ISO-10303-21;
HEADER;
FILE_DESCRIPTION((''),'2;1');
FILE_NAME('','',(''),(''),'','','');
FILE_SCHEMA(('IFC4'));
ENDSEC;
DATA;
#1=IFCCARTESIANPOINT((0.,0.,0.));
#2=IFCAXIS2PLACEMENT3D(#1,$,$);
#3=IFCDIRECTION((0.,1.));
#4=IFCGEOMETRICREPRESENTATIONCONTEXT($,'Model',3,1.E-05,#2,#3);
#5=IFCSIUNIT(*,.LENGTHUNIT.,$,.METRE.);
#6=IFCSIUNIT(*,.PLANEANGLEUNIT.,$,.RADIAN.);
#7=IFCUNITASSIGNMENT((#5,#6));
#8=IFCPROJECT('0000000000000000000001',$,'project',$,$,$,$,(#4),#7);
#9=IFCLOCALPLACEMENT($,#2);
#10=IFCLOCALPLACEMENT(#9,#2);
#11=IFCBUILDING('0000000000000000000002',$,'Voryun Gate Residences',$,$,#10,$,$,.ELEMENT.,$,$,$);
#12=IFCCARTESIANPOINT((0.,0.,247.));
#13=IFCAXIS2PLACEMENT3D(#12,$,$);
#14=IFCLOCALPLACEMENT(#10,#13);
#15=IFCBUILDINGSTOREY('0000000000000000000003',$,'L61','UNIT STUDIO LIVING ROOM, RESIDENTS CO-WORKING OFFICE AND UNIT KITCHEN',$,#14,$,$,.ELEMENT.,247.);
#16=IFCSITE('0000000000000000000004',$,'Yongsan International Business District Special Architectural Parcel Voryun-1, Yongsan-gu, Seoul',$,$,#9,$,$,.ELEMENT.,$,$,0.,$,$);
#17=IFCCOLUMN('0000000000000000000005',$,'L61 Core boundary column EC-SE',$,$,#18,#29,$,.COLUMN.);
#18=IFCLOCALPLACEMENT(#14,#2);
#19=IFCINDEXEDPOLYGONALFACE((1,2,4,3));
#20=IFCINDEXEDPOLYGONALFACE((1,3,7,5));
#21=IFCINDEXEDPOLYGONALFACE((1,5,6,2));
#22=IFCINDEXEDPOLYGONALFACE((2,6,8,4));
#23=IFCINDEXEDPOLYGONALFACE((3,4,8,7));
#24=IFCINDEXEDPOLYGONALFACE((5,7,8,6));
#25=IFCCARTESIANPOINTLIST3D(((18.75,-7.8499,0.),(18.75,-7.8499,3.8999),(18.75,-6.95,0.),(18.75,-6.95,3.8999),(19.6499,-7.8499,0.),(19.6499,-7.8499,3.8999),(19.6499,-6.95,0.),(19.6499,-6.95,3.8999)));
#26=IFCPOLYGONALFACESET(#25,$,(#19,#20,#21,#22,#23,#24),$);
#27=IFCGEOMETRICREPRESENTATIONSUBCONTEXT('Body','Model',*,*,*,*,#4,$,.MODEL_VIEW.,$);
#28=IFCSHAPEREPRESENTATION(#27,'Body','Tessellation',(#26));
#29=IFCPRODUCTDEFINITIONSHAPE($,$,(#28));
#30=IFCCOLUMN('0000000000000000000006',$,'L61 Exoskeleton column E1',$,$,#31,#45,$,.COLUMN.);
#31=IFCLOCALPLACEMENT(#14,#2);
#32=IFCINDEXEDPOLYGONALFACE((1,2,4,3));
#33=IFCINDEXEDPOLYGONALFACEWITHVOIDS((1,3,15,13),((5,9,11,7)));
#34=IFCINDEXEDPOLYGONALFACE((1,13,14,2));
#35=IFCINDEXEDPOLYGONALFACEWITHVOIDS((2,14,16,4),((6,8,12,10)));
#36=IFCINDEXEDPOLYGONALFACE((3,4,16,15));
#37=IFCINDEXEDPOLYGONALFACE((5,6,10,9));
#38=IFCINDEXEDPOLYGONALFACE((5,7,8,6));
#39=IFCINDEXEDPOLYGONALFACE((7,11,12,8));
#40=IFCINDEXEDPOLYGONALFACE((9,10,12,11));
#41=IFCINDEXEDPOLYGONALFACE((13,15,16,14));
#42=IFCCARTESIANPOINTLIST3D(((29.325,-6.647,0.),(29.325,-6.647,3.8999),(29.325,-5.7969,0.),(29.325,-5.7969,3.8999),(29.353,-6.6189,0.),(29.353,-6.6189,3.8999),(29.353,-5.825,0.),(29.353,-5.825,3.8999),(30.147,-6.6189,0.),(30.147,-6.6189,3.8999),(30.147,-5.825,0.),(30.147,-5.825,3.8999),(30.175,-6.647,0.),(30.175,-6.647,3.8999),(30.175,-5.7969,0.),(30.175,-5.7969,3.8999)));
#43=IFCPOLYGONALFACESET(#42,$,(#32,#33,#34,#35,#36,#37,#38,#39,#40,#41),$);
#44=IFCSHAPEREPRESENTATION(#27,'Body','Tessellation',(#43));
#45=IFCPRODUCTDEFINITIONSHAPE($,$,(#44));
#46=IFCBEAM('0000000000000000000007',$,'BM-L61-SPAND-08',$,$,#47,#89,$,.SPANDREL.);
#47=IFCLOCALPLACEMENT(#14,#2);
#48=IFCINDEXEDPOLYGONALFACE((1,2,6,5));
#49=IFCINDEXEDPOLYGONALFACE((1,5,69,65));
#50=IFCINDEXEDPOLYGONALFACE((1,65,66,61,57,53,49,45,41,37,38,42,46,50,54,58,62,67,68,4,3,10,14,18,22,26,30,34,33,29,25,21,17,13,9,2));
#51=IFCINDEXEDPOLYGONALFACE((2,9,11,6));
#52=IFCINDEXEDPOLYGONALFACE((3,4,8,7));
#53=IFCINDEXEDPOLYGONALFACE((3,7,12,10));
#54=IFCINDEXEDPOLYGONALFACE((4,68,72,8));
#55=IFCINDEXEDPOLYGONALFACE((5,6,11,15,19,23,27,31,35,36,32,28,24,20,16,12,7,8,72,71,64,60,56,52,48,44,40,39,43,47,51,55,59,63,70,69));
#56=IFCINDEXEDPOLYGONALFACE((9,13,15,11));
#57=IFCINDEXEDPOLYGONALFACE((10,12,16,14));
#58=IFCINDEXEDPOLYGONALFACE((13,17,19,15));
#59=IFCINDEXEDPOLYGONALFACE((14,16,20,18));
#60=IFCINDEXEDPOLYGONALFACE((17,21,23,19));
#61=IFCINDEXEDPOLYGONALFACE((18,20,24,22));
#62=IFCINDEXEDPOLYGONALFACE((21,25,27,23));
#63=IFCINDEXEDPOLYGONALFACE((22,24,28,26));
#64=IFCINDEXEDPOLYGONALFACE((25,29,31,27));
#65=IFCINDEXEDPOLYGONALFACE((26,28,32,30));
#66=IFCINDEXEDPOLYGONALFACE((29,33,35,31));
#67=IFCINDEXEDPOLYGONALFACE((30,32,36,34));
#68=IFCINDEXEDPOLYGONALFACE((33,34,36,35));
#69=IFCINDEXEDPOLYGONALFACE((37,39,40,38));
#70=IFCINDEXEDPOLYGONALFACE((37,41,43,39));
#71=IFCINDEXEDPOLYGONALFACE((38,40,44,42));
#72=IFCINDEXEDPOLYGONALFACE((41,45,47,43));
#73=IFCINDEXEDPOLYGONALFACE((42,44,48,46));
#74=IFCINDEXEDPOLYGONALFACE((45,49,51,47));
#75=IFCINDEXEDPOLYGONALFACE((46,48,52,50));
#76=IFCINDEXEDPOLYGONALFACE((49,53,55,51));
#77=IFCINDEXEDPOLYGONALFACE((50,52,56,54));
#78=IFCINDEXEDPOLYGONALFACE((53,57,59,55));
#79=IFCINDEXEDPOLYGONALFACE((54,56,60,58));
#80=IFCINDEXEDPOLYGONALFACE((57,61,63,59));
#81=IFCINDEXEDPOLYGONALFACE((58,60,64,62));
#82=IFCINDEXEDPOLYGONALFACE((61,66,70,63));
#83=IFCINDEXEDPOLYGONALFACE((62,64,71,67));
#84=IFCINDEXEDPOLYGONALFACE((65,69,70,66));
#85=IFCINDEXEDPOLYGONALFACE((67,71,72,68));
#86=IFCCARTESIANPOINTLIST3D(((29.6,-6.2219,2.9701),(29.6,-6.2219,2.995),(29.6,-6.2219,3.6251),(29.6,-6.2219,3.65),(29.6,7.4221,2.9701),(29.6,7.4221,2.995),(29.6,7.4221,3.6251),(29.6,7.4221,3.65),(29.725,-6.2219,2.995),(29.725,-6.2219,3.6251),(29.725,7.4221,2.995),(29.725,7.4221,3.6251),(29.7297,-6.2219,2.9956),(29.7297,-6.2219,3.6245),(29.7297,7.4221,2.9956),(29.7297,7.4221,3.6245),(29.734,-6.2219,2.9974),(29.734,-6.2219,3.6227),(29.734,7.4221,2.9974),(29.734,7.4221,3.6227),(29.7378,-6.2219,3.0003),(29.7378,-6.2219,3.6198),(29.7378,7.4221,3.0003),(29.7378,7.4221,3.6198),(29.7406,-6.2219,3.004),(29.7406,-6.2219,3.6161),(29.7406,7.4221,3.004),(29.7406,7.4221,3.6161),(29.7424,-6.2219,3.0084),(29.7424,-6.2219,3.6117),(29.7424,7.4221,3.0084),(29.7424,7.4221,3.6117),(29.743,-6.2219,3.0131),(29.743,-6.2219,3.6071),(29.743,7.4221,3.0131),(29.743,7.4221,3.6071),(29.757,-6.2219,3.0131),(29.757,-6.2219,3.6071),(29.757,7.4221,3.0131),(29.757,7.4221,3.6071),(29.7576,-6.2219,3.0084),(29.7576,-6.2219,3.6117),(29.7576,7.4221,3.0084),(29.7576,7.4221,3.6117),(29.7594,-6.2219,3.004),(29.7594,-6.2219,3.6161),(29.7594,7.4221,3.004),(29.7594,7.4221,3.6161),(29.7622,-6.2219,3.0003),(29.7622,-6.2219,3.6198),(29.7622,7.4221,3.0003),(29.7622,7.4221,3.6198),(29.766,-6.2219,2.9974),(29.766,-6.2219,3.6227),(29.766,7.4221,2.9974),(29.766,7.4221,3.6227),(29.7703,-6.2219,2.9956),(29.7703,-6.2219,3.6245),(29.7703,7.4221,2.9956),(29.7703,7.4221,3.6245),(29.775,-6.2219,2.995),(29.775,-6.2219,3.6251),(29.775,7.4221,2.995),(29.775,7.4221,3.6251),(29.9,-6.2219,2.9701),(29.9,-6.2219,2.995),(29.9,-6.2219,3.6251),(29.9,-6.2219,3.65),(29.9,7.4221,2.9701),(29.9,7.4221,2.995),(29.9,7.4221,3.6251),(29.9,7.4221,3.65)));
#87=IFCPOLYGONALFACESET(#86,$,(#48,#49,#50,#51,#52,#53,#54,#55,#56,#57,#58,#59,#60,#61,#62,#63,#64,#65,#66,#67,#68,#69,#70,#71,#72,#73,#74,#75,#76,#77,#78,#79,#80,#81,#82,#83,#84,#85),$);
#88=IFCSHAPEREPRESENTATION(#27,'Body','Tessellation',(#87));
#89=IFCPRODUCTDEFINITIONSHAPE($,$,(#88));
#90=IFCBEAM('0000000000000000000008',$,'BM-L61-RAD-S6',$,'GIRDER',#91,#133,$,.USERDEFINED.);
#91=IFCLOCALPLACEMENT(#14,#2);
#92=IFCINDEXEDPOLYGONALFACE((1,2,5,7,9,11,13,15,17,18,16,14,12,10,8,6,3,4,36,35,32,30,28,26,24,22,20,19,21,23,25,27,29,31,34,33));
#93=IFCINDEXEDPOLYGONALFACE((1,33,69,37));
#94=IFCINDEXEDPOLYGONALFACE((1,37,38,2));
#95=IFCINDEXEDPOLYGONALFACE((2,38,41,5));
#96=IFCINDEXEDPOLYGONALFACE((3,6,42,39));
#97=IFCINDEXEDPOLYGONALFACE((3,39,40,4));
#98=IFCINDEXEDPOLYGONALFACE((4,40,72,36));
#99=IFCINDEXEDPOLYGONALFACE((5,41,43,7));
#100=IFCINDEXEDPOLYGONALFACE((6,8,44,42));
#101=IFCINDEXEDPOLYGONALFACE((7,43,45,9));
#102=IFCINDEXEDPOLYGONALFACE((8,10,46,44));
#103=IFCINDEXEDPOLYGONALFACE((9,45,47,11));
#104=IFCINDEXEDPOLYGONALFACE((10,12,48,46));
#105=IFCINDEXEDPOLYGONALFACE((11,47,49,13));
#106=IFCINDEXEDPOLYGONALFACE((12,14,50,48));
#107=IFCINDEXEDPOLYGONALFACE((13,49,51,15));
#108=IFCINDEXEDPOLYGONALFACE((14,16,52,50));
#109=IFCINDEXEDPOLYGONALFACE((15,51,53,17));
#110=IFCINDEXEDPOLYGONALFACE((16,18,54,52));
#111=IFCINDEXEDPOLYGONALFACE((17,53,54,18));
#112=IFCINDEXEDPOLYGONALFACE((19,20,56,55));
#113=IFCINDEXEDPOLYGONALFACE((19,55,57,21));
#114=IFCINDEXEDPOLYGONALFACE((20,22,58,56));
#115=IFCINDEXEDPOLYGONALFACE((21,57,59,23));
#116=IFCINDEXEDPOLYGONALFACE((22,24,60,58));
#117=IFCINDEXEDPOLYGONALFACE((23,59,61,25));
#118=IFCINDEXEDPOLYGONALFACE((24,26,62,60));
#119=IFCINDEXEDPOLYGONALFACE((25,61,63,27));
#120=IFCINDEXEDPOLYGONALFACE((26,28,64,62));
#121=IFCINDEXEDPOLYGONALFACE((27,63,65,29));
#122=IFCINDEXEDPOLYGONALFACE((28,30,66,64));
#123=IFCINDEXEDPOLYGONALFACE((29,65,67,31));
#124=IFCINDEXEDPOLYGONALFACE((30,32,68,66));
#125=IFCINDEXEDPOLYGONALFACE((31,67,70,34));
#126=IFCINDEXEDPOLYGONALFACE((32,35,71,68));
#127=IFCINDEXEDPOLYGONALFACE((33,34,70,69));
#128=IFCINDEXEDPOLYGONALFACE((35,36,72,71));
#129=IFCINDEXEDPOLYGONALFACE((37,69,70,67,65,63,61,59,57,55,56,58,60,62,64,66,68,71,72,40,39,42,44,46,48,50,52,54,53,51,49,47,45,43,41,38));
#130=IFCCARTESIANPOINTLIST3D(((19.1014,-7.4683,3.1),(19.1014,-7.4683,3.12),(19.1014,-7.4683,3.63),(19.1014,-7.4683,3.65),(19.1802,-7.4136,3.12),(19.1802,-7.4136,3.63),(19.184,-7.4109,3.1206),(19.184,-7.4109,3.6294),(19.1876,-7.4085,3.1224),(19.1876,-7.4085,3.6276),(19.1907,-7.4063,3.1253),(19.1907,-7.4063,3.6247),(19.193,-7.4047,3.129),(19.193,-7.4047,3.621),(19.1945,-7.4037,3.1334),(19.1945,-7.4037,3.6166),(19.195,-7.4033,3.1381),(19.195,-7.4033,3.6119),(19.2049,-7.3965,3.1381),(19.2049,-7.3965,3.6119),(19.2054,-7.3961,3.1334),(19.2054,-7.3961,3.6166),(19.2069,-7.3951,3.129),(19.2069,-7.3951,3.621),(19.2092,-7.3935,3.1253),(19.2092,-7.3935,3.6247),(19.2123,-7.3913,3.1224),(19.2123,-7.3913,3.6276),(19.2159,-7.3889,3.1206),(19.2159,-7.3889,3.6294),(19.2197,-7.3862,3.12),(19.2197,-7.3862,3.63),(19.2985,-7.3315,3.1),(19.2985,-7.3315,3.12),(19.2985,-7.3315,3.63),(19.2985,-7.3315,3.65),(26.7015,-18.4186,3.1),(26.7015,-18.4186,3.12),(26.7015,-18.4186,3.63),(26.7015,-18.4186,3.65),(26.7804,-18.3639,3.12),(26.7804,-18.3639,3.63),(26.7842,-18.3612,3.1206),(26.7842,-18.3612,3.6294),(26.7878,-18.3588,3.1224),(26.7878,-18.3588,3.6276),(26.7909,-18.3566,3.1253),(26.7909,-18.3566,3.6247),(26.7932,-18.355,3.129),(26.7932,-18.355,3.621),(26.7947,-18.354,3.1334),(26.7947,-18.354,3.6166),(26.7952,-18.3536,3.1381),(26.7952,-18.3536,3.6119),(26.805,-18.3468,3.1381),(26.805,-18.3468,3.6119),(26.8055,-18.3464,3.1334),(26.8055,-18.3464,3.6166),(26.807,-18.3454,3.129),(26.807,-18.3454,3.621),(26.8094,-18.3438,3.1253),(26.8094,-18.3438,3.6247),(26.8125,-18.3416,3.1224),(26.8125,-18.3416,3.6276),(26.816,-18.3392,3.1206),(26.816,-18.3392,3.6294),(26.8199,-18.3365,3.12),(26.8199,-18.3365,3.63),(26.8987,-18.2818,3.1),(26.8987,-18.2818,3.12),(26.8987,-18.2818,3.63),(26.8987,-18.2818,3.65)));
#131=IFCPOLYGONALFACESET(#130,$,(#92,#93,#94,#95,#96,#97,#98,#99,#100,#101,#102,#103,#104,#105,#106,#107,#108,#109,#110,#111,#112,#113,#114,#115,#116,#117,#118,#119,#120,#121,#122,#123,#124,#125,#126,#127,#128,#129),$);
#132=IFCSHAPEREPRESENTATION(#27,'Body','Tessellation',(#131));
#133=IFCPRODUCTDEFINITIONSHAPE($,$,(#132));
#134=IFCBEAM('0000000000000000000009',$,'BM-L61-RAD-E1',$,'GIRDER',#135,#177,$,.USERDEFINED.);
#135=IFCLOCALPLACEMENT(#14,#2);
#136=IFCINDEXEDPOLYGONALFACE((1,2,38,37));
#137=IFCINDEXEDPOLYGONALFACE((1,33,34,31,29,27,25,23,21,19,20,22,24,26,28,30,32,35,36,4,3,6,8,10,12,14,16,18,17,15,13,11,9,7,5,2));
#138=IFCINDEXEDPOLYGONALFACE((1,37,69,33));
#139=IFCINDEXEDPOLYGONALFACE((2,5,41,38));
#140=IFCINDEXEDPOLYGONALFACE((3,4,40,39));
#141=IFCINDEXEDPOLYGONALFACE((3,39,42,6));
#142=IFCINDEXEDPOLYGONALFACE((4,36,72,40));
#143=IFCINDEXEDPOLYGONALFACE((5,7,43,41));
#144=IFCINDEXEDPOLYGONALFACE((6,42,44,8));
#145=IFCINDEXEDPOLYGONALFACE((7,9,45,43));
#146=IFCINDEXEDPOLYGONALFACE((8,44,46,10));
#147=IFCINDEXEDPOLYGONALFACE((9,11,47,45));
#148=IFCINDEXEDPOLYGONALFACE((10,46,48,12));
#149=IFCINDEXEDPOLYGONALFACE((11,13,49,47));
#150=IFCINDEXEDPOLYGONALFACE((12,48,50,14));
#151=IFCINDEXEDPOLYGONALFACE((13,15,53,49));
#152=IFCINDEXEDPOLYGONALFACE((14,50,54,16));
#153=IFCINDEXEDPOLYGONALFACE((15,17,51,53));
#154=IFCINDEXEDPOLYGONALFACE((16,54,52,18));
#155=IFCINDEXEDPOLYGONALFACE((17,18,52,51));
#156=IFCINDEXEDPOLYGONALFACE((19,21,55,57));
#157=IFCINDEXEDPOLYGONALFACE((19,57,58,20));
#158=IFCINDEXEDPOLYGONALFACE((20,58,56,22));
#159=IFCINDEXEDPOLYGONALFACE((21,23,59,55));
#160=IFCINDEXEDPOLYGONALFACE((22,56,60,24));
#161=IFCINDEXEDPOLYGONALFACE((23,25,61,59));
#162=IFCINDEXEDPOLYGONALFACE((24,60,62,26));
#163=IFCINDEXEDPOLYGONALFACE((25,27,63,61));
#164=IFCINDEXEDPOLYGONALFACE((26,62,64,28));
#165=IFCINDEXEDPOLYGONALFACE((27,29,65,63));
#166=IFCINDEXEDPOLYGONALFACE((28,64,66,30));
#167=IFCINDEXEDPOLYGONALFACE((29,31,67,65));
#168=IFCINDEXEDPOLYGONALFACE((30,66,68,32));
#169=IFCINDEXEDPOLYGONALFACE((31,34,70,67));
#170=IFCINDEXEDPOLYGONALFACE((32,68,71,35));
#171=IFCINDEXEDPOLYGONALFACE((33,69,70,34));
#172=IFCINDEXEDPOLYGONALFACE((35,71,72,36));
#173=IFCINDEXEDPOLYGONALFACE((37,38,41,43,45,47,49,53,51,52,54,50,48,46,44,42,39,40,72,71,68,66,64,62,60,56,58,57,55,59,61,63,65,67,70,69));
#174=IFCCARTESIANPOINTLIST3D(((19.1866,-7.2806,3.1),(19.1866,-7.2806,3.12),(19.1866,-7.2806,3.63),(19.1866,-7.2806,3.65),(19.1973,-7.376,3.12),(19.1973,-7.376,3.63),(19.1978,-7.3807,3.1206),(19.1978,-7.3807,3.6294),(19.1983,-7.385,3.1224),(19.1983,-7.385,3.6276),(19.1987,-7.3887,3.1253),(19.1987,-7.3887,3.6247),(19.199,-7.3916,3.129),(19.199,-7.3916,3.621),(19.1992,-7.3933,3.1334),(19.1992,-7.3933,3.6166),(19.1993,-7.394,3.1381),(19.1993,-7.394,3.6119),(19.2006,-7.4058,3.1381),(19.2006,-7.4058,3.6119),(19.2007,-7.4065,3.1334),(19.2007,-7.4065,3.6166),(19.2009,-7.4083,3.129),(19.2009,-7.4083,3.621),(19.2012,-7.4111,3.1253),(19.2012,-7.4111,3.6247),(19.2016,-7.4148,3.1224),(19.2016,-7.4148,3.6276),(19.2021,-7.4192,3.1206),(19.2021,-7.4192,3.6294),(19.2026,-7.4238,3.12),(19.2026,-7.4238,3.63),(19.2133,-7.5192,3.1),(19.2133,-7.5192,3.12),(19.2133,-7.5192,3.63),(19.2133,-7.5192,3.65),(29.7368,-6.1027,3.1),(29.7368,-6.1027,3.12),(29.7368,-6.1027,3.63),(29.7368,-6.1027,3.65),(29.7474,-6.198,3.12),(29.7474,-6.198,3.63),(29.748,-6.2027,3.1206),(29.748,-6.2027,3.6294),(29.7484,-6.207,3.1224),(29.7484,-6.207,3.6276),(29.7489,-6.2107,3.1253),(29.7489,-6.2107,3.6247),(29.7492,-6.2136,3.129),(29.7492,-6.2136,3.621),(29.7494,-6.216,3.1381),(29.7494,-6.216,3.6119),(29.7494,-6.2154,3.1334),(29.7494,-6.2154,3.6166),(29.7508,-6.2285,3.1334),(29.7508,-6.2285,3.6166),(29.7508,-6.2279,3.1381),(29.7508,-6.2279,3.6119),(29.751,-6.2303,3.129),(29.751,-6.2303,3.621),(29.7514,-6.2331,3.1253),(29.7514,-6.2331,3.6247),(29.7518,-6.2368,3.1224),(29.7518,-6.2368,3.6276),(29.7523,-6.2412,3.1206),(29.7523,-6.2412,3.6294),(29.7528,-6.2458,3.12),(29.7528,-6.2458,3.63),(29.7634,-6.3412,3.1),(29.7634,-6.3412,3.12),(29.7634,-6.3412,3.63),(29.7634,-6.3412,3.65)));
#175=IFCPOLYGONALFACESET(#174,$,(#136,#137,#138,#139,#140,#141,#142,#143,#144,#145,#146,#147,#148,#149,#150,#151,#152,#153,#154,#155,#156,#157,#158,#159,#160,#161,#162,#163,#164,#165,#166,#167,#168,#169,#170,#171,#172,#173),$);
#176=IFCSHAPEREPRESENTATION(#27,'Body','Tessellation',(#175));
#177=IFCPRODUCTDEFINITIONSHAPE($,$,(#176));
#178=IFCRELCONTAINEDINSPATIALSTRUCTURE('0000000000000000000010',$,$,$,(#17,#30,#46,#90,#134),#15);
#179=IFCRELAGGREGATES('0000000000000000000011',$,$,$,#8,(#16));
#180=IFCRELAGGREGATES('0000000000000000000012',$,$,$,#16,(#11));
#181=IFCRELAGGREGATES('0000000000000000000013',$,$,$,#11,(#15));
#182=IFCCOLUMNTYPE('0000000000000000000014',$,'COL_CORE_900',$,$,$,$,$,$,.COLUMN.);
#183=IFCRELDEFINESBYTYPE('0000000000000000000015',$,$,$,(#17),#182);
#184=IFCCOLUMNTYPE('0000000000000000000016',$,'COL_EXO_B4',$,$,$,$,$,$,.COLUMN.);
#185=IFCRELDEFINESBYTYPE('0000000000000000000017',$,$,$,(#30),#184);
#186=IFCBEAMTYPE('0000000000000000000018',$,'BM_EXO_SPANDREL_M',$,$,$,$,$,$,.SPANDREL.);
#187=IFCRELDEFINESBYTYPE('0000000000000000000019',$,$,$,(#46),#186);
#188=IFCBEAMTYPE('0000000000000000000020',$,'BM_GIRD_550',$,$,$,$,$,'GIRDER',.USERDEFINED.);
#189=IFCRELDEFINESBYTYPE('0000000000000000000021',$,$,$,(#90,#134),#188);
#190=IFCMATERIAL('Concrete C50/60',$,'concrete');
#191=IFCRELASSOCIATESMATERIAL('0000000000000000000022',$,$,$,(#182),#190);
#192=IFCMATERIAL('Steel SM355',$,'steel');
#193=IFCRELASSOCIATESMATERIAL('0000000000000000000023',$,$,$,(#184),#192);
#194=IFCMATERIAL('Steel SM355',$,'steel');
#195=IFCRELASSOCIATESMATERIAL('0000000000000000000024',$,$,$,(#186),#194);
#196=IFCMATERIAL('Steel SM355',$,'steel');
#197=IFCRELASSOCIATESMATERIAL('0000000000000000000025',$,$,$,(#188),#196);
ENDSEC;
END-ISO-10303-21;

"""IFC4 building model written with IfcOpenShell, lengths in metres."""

from ifc_helpers import new_model, si_unit, direction, frame, origin, origin_2d, place, context, subcontext, project, spatial, rectangle, hollow_rectangle, i_section, extrude, material, material_profile, profile_set, type_object, element, save


model = new_model("IFC4")

# Units and contexts
model_context = context("Model", 3, precision=1e-05, world=origin(), true_north=direction((0.0, 1.0)))
body_context = subcontext(model_context, "Body", "Model", "MODEL_VIEW")
ifc_project = project(units=[si_unit("LENGTHUNIT", "METRE"), si_unit("PLANEANGLEUNIT", "RADIAN")], contexts=[model_context])

# Site, building, storey
site_placement = place(None, origin())
site = spatial("IfcSite", under=ifc_project, at=site_placement, Name="Yongsan International Business District Special Architectural Parcel Voryun-1, Yongsan-gu, Seoul", CompositionType="ELEMENT", RefElevation=0.0)
building_placement = place(site_placement, origin())
building = spatial("IfcBuilding", under=site, at=building_placement, Name="Voryun Gate Residences", CompositionType="ELEMENT")
storey_placement = place(building_placement, frame((0.0, 0.0, 247.0)))
storey = spatial("IfcBuildingStorey", under=building, at=storey_placement, Name="L61", Description="UNIT STUDIO LIVING ROOM, RESIDENTS CO-WORKING OFFICE AND UNIT KITCHEN", CompositionType="ELEMENT", Elevation=247.0)

# Columns
ifc_material_1 = material(Name="Concrete C50/60", Category="concrete")
ifc_material_profile_1 = material_profile(ifc_material_1, rectangle(XDim=0.8999, YDim=0.8999, at=origin_2d()), Name="RC-900x900")
ifc_profile_set_1 = profile_set([ifc_material_profile_1], Name="Concrete C50/60")
column_type_1 = type_object("IfcColumnType", Name="COL_CORE_900", PredefinedType="COLUMN", material=ifc_profile_set_1)
column_1_placement = place(storey_placement, frame((19.2, -7.3999, 0.0), z_axis=(0.0, 0.0, 1.0), x_axis=(1.0, 0.0, 0.0)))
element("IfcColumn", 1, at=column_1_placement, inside=storey, type_object=column_type_1, Name="L61 Core boundary column EC-SE", PredefinedType="COLUMN", context=body_context, shape_type="SweptSolid", body=[
    extrude(rectangle(XDim=0.8999, YDim=0.8999, at=origin_2d()), origin(), (0.0, 0.0, 1.0), 3.8999),
])
ifc_material_2 = material(Name="Steel SM355", Category="steel")
ifc_material_profile_2 = material_profile(ifc_material_2, hollow_rectangle(XDim=0.8501, YDim=0.8501, WallThickness=0.0281, at=origin_2d()), Name="BOX-850x850x28")
ifc_profile_set_2 = profile_set([ifc_material_profile_2], Name="Steel SM355")
column_type_2 = type_object("IfcColumnType", Name="COL_EXO_B4", PredefinedType="COLUMN", material=ifc_profile_set_2)
column_2_placement = place(storey_placement, frame((29.75, -6.2219, 0.0), z_axis=(0.0, 0.0, 1.0), x_axis=(1.0, 0.0, 0.0)))
element("IfcColumn", 2, at=column_2_placement, inside=storey, type_object=column_type_2, Name="L61 Exoskeleton column E1", PredefinedType="COLUMN", context=body_context, shape_type="SweptSolid", body=[
    extrude(hollow_rectangle(XDim=0.8501, YDim=0.8501, WallThickness=0.0281, at=origin_2d()), origin(), (0.0, 0.0, 1.0), 3.8999),
])

# Beams
ifc_material_3 = material(Name="Steel SM355", Category="steel")
ifc_material_profile_3 = material_profile(ifc_material_3, i_section(OverallWidth=0.3, OverallDepth=0.6799, WebThickness=0.0139, FlangeThickness=0.0249, FilletRadius=0.0181, at=origin_2d()), Name="H-680x300x14x25")
ifc_profile_set_3 = profile_set([ifc_material_profile_3], Name="Steel SM355")
beam_type_1 = type_object("IfcBeamType", Name="BM_EXO_SPANDREL_M", PredefinedType="SPANDREL", material=ifc_profile_set_3)
beam_1_placement = place(storey_placement, frame((29.75, -6.2219, 3.3101), z_axis=(0.0, 1.0, 0.0), x_axis=(-1.0, 0.0, 0.0)))
element("IfcBeam", 3, at=beam_1_placement, inside=storey, type_object=beam_type_1, Name="BM-L61-SPAND-08", PredefinedType="SPANDREL", context=body_context, shape_type="SweptSolid", body=[
    extrude(i_section(OverallWidth=0.3, OverallDepth=0.6799, WebThickness=0.0139, FlangeThickness=0.0249, FilletRadius=0.0181, at=origin_2d()), origin(), (0.0, 0.0, 1.0), 13.644),
])
ifc_material_4 = material(Name="Steel SM355", Category="steel")
ifc_material_profile_4 = material_profile(ifc_material_4, i_section(OverallWidth=0.24, OverallDepth=0.55, WebThickness=0.012, FlangeThickness=0.02, FilletRadius=0.0181, at=origin_2d()), Name="H-550x240x12x20")
ifc_profile_set_4 = profile_set([ifc_material_profile_4], Name="Steel SM355")
beam_type_2 = type_object("IfcBeamType", Name="BM_GIRD_550", ElementType="GIRDER", PredefinedType="USERDEFINED", material=ifc_profile_set_4)
beam_2_placement = place(storey_placement, frame((19.2, -7.3999, 3.375), z_axis=(0.570183, -0.821518, 0.0), x_axis=(0.821518, 0.570183, 0.0)))
element("IfcBeam", 4, at=beam_2_placement, inside=storey, type_object=beam_type_2, Name="BM-L61-RAD-S6", ObjectType="GIRDER", PredefinedType="USERDEFINED", context=body_context, shape_type="SweptSolid", body=[
    extrude(i_section(OverallWidth=0.24, OverallDepth=0.55, WebThickness=0.012, FlangeThickness=0.02, FilletRadius=0.0181, at=origin_2d()), origin(), (0.0, 0.0, 1.0), 13.3293),
])
beam_3_placement = place(storey_placement, frame((19.2, -7.3999, 3.375), z_axis=(0.993824, 0.110967, 0.0), x_axis=(-0.110967, 0.993824, 0.0)))
element("IfcBeam", 5, at=beam_3_placement, inside=storey, type_object=beam_type_2, Name="BM-L61-RAD-E1", ObjectType="GIRDER", PredefinedType="USERDEFINED", context=body_context, shape_type="SweptSolid", body=[
    extrude(i_section(OverallWidth=0.24, OverallDepth=0.55, WebThickness=0.012, FlangeThickness=0.02, FilletRadius=0.0181, at=origin_2d()), origin(), (0.0, 0.0, 1.0), 10.6157),
])

save(model, "model.ifc")
